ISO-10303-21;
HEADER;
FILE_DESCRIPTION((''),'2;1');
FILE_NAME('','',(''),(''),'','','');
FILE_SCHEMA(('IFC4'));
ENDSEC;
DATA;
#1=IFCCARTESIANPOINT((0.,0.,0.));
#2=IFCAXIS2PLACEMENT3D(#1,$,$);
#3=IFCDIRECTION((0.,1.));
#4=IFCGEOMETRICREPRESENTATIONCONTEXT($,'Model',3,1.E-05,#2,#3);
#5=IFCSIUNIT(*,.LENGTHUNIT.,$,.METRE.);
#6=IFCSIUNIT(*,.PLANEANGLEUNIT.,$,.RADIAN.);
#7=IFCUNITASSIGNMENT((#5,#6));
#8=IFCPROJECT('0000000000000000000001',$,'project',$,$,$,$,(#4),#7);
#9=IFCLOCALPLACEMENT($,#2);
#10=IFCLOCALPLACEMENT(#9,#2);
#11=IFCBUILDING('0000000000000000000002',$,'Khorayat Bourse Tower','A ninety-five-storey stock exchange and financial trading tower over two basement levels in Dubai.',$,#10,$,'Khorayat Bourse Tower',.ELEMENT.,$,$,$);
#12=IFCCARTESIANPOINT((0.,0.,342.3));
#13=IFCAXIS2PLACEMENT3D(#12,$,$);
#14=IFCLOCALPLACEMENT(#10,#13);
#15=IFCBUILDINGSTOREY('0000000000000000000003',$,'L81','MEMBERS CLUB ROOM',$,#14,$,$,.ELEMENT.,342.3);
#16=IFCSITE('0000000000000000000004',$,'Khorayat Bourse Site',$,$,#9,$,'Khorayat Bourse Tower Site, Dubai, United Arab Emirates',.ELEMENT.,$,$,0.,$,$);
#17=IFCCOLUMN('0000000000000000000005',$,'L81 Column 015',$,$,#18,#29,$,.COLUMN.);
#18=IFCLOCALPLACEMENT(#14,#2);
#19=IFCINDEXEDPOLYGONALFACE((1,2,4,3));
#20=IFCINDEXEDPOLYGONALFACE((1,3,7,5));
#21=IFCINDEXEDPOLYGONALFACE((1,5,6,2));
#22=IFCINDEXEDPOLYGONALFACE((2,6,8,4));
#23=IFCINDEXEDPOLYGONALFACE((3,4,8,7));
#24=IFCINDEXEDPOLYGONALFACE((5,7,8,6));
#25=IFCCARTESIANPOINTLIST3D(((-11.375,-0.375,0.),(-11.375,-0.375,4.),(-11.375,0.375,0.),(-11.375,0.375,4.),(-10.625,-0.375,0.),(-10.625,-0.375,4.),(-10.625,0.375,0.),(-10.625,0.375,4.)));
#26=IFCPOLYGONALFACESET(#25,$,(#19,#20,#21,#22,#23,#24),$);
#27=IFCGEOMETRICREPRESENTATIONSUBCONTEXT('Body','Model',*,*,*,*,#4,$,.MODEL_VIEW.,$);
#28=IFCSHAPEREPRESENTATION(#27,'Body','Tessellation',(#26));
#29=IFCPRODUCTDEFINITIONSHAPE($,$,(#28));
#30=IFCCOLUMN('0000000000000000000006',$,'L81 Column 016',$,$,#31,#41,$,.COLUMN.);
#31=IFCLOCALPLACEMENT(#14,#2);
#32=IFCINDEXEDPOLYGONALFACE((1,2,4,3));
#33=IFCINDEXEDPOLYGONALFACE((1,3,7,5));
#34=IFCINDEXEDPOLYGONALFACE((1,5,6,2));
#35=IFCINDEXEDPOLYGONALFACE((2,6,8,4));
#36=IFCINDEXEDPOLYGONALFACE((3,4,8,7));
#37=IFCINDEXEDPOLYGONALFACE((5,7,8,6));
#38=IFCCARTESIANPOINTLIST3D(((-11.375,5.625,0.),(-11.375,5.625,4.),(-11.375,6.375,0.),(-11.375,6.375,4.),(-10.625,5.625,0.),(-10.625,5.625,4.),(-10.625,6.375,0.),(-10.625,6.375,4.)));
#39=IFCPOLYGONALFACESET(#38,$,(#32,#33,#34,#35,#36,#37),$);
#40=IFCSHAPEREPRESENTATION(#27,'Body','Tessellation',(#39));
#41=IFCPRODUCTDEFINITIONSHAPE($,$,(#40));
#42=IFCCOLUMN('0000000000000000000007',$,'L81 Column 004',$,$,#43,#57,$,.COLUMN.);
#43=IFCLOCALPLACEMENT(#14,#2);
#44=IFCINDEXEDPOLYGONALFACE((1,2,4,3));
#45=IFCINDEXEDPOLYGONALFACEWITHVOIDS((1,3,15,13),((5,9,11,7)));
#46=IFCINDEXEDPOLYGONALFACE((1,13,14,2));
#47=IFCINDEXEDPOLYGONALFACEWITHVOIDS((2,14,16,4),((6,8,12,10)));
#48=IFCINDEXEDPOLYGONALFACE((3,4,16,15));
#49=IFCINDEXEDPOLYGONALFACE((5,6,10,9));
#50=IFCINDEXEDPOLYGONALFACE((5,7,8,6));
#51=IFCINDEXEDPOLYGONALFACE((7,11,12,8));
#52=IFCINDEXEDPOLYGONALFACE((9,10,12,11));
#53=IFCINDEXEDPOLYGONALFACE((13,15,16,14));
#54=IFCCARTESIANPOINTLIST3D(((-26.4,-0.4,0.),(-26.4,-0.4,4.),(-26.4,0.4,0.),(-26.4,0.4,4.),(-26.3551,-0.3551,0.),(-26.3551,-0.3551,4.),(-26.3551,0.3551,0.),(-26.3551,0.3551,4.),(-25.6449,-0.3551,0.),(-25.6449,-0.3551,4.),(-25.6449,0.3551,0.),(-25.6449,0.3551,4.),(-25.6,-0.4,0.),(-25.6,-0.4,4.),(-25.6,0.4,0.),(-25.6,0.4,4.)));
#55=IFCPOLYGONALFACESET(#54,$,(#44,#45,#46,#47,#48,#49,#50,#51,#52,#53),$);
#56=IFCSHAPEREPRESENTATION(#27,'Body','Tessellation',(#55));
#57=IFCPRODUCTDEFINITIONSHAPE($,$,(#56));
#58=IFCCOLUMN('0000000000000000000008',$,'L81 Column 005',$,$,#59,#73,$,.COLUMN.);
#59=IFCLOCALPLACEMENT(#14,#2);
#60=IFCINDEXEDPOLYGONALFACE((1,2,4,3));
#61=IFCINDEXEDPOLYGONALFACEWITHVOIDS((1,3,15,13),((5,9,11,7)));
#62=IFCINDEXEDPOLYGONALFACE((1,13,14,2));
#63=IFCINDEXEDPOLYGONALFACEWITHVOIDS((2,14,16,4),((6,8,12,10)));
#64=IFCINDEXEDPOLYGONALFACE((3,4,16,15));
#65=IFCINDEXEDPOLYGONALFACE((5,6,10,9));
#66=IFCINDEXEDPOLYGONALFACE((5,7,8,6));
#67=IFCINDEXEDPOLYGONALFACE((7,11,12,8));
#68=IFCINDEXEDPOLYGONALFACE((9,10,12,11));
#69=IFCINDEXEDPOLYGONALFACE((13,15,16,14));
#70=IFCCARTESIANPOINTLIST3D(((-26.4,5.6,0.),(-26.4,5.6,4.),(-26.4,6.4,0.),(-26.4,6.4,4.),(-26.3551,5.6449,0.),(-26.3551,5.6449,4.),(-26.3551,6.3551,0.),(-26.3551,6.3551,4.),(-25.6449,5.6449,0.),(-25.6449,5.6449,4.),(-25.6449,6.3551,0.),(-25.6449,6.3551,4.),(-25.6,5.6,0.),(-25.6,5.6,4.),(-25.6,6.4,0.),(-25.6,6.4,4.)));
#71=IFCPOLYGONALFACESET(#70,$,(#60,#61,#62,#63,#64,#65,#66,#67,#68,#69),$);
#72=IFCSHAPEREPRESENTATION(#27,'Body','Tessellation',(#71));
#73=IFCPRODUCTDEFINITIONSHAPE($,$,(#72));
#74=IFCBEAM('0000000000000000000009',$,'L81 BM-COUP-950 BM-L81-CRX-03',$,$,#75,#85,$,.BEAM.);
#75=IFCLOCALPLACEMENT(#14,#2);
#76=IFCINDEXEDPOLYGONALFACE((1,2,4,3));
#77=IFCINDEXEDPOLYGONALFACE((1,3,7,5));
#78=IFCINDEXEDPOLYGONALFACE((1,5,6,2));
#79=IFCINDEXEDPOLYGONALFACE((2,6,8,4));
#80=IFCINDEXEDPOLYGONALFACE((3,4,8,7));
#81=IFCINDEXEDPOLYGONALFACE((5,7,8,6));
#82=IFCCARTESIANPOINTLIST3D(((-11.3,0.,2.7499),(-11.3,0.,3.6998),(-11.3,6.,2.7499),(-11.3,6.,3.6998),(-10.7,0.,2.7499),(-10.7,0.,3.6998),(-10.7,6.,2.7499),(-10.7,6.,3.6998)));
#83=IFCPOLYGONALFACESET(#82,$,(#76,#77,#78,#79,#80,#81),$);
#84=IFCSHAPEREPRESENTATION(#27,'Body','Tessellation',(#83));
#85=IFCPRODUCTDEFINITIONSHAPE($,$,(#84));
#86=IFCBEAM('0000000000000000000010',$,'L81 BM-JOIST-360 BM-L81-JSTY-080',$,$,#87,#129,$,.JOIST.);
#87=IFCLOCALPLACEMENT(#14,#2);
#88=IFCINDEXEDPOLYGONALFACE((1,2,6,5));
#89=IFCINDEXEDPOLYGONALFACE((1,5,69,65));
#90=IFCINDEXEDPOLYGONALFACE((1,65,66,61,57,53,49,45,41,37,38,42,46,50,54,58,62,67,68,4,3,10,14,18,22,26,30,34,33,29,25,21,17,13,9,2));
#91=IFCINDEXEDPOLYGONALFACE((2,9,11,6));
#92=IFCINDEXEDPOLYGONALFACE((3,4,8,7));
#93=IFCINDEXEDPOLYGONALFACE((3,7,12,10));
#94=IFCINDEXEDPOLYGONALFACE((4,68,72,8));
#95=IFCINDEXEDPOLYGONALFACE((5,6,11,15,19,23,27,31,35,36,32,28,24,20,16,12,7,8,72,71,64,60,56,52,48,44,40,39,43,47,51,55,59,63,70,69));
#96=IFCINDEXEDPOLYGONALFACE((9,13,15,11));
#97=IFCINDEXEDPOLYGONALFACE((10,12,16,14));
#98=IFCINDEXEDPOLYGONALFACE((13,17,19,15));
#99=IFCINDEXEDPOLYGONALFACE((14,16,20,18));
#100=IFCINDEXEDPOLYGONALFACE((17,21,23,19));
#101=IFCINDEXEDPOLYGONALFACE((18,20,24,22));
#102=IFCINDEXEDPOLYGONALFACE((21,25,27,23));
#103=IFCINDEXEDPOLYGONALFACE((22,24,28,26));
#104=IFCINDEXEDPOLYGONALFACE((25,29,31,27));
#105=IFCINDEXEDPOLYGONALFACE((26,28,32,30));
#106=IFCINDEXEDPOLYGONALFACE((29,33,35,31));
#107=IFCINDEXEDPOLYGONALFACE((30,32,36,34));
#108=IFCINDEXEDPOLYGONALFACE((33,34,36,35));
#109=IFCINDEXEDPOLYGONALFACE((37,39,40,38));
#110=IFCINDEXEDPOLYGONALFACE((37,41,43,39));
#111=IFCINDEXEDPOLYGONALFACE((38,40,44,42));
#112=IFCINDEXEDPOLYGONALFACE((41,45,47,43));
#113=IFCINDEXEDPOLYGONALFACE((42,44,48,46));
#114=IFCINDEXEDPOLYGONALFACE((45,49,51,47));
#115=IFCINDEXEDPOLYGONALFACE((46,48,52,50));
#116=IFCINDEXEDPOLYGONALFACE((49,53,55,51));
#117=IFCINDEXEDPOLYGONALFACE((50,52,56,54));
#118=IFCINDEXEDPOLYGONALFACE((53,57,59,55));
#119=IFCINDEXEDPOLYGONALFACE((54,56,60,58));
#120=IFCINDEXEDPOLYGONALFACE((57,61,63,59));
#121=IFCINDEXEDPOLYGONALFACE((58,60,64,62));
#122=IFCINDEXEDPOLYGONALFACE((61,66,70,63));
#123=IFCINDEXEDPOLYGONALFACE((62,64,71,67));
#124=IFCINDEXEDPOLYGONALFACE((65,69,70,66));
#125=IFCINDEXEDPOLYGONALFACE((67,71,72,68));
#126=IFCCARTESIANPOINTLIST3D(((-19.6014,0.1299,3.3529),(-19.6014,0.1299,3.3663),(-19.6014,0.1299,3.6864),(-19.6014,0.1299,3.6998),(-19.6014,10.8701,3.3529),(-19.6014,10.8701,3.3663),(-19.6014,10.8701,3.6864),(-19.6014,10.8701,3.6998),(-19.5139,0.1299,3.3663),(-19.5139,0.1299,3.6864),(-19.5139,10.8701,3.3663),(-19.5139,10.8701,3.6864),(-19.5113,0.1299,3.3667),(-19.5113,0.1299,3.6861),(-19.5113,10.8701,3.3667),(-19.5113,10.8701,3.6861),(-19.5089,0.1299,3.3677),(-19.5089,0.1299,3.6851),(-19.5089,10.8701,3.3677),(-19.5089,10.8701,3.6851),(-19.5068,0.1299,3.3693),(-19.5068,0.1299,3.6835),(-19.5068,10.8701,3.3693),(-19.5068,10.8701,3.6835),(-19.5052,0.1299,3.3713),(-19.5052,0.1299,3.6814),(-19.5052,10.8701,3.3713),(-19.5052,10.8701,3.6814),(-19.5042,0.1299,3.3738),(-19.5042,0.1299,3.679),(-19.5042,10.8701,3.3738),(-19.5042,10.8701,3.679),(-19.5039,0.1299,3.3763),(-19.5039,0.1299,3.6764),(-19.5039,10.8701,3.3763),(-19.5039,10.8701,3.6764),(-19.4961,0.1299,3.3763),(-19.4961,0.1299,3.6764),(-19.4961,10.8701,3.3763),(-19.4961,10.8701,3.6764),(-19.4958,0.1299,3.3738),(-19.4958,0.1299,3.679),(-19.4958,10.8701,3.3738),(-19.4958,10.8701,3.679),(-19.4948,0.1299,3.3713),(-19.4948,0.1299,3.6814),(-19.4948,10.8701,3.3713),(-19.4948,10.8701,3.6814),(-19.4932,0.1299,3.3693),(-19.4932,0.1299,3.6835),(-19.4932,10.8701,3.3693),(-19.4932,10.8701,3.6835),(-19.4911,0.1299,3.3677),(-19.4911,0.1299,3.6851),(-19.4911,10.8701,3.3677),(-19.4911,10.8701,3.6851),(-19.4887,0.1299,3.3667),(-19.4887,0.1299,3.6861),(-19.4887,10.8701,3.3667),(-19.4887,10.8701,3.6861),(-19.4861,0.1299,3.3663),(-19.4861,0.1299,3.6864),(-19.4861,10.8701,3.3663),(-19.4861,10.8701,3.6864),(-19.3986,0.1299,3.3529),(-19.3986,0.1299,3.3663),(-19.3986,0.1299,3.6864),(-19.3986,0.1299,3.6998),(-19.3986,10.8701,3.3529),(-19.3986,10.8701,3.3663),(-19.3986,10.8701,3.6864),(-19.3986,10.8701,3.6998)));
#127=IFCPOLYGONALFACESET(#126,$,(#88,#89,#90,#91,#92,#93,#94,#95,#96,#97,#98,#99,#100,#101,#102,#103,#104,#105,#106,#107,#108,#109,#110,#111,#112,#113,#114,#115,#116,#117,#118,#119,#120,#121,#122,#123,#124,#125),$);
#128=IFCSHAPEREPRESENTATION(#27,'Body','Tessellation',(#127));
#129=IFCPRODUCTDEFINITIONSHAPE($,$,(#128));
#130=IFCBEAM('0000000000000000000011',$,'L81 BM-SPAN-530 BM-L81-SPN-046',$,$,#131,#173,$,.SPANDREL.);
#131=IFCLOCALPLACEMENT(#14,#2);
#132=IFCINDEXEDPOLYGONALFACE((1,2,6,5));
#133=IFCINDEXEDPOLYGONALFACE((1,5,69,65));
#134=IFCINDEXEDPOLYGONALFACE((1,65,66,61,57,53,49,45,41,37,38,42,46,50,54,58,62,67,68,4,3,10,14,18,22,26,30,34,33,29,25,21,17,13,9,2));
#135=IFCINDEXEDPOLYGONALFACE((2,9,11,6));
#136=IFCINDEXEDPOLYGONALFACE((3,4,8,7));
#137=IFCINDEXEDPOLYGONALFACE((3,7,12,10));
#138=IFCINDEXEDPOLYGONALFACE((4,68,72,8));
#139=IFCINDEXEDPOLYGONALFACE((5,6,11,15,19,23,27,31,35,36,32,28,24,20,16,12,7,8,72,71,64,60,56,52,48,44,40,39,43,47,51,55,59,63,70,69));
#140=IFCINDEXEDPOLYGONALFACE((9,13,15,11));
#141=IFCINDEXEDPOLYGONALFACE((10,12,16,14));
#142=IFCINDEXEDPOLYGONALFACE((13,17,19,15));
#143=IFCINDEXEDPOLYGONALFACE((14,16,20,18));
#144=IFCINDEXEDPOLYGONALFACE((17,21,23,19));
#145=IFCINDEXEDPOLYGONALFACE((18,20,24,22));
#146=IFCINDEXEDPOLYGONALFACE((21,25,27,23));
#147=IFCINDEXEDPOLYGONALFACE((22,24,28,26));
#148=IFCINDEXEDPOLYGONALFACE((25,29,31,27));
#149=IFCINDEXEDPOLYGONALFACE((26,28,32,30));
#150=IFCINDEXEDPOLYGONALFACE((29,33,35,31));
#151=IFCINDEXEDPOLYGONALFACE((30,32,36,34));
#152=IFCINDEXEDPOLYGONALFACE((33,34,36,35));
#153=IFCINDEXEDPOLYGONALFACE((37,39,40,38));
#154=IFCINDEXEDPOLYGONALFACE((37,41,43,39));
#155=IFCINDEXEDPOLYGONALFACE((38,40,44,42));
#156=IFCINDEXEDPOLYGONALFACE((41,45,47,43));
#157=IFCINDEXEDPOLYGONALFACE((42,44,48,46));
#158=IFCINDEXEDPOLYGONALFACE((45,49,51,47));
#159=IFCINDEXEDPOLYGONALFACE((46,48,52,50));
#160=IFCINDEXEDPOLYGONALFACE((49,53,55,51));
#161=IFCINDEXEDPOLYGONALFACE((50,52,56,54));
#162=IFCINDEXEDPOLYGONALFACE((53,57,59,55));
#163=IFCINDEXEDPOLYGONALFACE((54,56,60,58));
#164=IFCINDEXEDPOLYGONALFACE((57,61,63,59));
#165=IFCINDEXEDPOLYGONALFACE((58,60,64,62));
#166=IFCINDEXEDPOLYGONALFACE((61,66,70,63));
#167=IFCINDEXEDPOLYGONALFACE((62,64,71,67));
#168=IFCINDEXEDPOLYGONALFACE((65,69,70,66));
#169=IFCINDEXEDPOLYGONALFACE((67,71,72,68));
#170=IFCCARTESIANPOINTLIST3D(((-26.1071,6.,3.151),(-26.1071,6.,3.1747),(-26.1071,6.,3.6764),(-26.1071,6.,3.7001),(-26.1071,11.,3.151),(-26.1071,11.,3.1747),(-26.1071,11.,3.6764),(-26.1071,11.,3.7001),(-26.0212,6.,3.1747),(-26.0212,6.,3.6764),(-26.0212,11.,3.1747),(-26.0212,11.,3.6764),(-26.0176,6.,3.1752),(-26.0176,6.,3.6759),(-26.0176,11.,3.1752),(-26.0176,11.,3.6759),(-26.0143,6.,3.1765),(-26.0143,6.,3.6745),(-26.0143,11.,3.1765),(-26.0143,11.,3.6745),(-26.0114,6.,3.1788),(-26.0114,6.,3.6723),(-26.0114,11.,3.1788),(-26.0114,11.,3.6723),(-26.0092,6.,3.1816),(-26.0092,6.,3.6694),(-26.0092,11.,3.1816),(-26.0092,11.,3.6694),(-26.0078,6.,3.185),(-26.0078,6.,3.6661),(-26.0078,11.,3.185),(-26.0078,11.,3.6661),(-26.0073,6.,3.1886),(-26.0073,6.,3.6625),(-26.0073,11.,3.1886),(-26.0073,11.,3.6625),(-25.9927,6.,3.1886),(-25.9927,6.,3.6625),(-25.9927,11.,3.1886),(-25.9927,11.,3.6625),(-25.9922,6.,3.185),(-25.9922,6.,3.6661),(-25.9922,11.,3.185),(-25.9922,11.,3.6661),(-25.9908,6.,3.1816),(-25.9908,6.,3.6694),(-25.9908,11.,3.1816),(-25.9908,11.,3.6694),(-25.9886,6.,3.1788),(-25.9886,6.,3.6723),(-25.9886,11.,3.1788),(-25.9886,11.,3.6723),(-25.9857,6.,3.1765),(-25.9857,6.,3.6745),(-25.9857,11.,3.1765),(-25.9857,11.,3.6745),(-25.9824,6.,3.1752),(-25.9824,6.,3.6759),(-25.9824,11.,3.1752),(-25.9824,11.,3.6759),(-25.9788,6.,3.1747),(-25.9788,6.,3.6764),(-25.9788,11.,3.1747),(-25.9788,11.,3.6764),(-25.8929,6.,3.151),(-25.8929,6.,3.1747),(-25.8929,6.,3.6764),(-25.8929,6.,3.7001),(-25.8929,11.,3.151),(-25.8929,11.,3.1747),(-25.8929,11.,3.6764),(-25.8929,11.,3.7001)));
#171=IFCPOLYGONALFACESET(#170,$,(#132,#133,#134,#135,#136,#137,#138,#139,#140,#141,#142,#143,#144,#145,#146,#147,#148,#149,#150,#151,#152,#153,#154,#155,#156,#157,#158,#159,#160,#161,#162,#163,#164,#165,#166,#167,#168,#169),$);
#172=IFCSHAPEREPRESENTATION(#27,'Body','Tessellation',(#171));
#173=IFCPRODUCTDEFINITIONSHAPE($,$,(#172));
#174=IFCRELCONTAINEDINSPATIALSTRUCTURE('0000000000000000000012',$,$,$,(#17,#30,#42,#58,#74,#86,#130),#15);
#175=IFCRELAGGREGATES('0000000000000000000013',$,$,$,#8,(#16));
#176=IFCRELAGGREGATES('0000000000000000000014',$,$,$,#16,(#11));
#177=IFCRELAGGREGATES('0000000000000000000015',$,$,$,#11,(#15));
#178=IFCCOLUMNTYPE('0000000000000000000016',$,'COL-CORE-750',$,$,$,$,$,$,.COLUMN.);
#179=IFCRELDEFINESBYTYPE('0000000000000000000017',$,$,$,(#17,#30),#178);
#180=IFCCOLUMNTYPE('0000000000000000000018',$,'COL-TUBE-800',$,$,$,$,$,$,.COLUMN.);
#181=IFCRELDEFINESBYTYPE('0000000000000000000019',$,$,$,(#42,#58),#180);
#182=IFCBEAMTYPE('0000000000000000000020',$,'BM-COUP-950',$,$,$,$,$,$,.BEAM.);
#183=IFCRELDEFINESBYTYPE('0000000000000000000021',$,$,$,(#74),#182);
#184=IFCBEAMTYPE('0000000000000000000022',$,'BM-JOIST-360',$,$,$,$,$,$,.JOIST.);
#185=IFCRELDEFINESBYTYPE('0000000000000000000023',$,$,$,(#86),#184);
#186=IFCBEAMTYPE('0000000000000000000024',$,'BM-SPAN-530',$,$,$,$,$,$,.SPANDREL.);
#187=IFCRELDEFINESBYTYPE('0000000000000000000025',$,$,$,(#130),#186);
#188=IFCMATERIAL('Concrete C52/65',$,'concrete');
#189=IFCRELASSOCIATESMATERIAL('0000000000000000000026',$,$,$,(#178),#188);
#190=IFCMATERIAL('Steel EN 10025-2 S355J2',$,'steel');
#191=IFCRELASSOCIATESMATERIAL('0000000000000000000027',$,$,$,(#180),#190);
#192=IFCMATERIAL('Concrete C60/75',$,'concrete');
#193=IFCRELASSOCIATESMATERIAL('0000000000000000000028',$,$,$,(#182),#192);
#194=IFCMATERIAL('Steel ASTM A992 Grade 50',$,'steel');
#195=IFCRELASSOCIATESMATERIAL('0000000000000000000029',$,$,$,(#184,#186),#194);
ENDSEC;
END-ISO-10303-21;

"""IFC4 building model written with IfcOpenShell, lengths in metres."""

from ifc_helpers import new_model, si_unit, direction, frame, origin, origin_2d, place, context, subcontext, project, spatial, rectangle, hollow_rectangle, i_section, extrude, source, transform, mapped, material, material_profile, profile_set, type_object, element, save


model = new_model("IFC4")

# Units and contexts
model_context = context("Model", 3, precision=1e-05, world=origin(), true_north=direction((0.0, 1.0)))
body_context = subcontext(model_context, "Body", "Model", "MODEL_VIEW")
ifc_project = project(units=[si_unit("LENGTHUNIT", "METRE"), si_unit("PLANEANGLEUNIT", "RADIAN")], contexts=[model_context])

# Site, building, storey
site_placement = place(None, origin())
site = spatial("IfcSite", under=ifc_project, at=site_placement, Name="Khorayat Bourse Site", LongName="Khorayat Bourse Tower Site, Dubai, United Arab Emirates", CompositionType="ELEMENT", RefElevation=0.0)
building_placement = place(site_placement, origin())
building = spatial("IfcBuilding", under=site, at=building_placement, Name="Khorayat Bourse Tower", Description="A ninety-five-storey stock exchange and financial trading tower over two basement levels in Dubai.", LongName="Khorayat Bourse Tower", CompositionType="ELEMENT")
storey_placement = place(building_placement, frame((0.0, 0.0, 342.3)))
storey = spatial("IfcBuildingStorey", under=building, at=storey_placement, Name="L81", Description="MEMBERS CLUB ROOM", CompositionType="ELEMENT", Elevation=342.3)

# Columns
ifc_material_1 = material(Name="Concrete C52/65", Category="concrete")
ifc_material_profile_1 = material_profile(ifc_material_1, rectangle(XDim=0.75, YDim=0.75, at=origin_2d()), Name="RC 750x750")
ifc_profile_set_1 = profile_set([ifc_material_profile_1], Name="Concrete C52/65")
column_type_1 = type_object("IfcColumnType", Name="COL-CORE-750", PredefinedType="COLUMN", material=ifc_profile_set_1)
shared_shape_1 = source(origin(), body_context, "Body", "SweptSolid", [
    extrude(rectangle(XDim=0.75, YDim=0.75, at=origin_2d()), origin(), (0.0, 0.0, 1.0), 4.0),
])
for number, where, z_axis, x_axis, name in (
    (1, (-11.0, 0.0, 0.0), (0.0, 0.0, 1.0), (1.0, 0.0, 0.0), "L81 Column 015"),
    (2, (-11.0, 6.0, 0.0), (0.0, 0.0, 1.0), (1.0, 0.0, 0.0), "L81 Column 016"),
):
    element("IfcColumn", number, at=place(storey_placement, frame(where, z_axis=z_axis, x_axis=x_axis)), inside=storey, type_object=column_type_1, Name=name, PredefinedType="COLUMN", context=body_context, shape_type="MappedRepresentation", body=[
        mapped(shared_shape_1, transform((0.0, 0.0, 0.0), scale=1.0)),
    ])
ifc_material_2 = material(Name="Steel EN 10025-2 S355J2", Category="steel")
ifc_material_profile_2 = material_profile(ifc_material_2, hollow_rectangle(XDim=0.8, YDim=0.8, WallThickness=0.0449, at=origin_2d()), Name="BOX 800x800x45")
ifc_profile_set_2 = profile_set([ifc_material_profile_2], Name="Steel EN 10025-2 S355J2")
column_type_2 = type_object("IfcColumnType", Name="COL-TUBE-800", PredefinedType="COLUMN", material=ifc_profile_set_2)
shared_shape_2 = source(origin(), body_context, "Body", "SweptSolid", [
    extrude(hollow_rectangle(XDim=0.8, YDim=0.8, WallThickness=0.0449, at=origin_2d()), origin(), (0.0, 0.0, 1.0), 4.0),
])
for number, where, z_axis, x_axis, name in (
    (3, (-26.0, 0.0, 0.0), (0.0, 0.0, 1.0), (1.0, 0.0, 0.0), "L81 Column 004"),
    (4, (-26.0, 6.0, 0.0), (0.0, 0.0, 1.0), (1.0, 0.0, 0.0), "L81 Column 005"),
):
    element("IfcColumn", number, at=place(storey_placement, frame(where, z_axis=z_axis, x_axis=x_axis)), inside=storey, type_object=column_type_2, Name=name, PredefinedType="COLUMN", context=body_context, shape_type="MappedRepresentation", body=[
        mapped(shared_shape_2, transform((0.0, 0.0, 0.0), scale=1.0)),
    ])

# Beams
ifc_material_3 = material(Name="Concrete C60/75", Category="concrete")
ifc_material_profile_3 = material_profile(ifc_material_3, rectangle(XDim=0.6001, YDim=0.95, at=origin_2d()), Name="RC 600x950")
ifc_profile_set_3 = profile_set([ifc_material_profile_3], Name="Concrete C60/75")
beam_type_1 = type_object("IfcBeamType", Name="BM-COUP-950", PredefinedType="BEAM", material=ifc_profile_set_3)
shared_shape_3 = source(origin(), body_context, "Body", "SweptSolid", [
    extrude(rectangle(XDim=0.6001, YDim=0.95, at=origin_2d()), origin(), (0.0, 0.0, 1.0), 6.0),
])
beam_1_placement = place(storey_placement, frame((-11.0, 0.0, 3.2249), z_axis=(0.0, 1.0, 0.0), x_axis=(-1.0, 0.0, 0.0)))
element("IfcBeam", 5, at=beam_1_placement, inside=storey, type_object=beam_type_1, Name="L81 BM-COUP-950 BM-L81-CRX-03", PredefinedType="BEAM", context=body_context, shape_type="MappedRepresentation", body=[
    mapped(shared_shape_3, transform((0.0, 0.0, 0.0), scale=1.0)),
])
ifc_material_4 = material(Name="Steel ASTM A992 Grade 50", Category="steel")
ifc_material_profile_4 = material_profile(ifc_material_4, i_section(OverallWidth=0.2029, OverallDepth=0.3469, WebThickness=0.0078, FlangeThickness=0.0134, FilletRadius=0.01, at=origin_2d()), Name="W360X64")
ifc_profile_set_4 = profile_set([ifc_material_profile_4], Name="Steel ASTM A992 Grade 50")
beam_type_2 = type_object("IfcBeamType", Name="BM-JOIST-360", PredefinedType="JOIST", material=ifc_profile_set_4)
shared_shape_4 = source(origin(), body_context, "Body", "SweptSolid", [
    extrude(i_section(OverallWidth=0.2029, OverallDepth=0.3469, WebThickness=0.0078, FlangeThickness=0.0134, FilletRadius=0.01, at=origin_2d()), origin(), (0.0, 0.0, 1.0), 10.7402),
])
beam_2_placement = place(storey_placement, frame((-19.5, 0.1299, 3.5264), z_axis=(0.0, 1.0, 0.0), x_axis=(-1.0, 0.0, 0.0)))
element("IfcBeam", 6, at=beam_2_placement, inside=storey, type_object=beam_type_2, Name="L81 BM-JOIST-360 BM-L81-JSTY-080", PredefinedType="JOIST", context=body_context, shape_type="MappedRepresentation", body=[
    mapped(shared_shape_4, transform((0.0, 0.0, 0.0), scale=1.0)),
])
ifc_material_profile_5 = material_profile(ifc_material_4, i_section(OverallWidth=0.2141, OverallDepth=0.5491, WebThickness=0.0146, FlangeThickness=0.0237, FilletRadius=0.0139, at=origin_2d()), Name="W530X138")
ifc_profile_set_5 = profile_set([ifc_material_profile_5], Name="Steel ASTM A992 Grade 50")
beam_type_3 = type_object("IfcBeamType", Name="BM-SPAN-530", PredefinedType="SPANDREL", material=ifc_profile_set_5)
shared_shape_5 = source(origin(), body_context, "Body", "SweptSolid", [
    extrude(i_section(OverallWidth=0.2141, OverallDepth=0.5491, WebThickness=0.0146, FlangeThickness=0.0237, FilletRadius=0.0139, at=origin_2d()), origin(), (0.0, 0.0, 1.0), 5.0),
])
beam_3_placement = place(storey_placement, frame((-26.0, 6.0, 3.4255), z_axis=(0.0, 1.0, 0.0), x_axis=(-1.0, 0.0, 0.0)))
element("IfcBeam", 7, at=beam_3_placement, inside=storey, type_object=beam_type_3, Name="L81 BM-SPAN-530 BM-L81-SPN-046", PredefinedType="SPANDREL", context=body_context, shape_type="MappedRepresentation", body=[
    mapped(shared_shape_5, transform((0.0, 0.0, 0.0), scale=1.0)),
])

save(model, "model.ifc")
